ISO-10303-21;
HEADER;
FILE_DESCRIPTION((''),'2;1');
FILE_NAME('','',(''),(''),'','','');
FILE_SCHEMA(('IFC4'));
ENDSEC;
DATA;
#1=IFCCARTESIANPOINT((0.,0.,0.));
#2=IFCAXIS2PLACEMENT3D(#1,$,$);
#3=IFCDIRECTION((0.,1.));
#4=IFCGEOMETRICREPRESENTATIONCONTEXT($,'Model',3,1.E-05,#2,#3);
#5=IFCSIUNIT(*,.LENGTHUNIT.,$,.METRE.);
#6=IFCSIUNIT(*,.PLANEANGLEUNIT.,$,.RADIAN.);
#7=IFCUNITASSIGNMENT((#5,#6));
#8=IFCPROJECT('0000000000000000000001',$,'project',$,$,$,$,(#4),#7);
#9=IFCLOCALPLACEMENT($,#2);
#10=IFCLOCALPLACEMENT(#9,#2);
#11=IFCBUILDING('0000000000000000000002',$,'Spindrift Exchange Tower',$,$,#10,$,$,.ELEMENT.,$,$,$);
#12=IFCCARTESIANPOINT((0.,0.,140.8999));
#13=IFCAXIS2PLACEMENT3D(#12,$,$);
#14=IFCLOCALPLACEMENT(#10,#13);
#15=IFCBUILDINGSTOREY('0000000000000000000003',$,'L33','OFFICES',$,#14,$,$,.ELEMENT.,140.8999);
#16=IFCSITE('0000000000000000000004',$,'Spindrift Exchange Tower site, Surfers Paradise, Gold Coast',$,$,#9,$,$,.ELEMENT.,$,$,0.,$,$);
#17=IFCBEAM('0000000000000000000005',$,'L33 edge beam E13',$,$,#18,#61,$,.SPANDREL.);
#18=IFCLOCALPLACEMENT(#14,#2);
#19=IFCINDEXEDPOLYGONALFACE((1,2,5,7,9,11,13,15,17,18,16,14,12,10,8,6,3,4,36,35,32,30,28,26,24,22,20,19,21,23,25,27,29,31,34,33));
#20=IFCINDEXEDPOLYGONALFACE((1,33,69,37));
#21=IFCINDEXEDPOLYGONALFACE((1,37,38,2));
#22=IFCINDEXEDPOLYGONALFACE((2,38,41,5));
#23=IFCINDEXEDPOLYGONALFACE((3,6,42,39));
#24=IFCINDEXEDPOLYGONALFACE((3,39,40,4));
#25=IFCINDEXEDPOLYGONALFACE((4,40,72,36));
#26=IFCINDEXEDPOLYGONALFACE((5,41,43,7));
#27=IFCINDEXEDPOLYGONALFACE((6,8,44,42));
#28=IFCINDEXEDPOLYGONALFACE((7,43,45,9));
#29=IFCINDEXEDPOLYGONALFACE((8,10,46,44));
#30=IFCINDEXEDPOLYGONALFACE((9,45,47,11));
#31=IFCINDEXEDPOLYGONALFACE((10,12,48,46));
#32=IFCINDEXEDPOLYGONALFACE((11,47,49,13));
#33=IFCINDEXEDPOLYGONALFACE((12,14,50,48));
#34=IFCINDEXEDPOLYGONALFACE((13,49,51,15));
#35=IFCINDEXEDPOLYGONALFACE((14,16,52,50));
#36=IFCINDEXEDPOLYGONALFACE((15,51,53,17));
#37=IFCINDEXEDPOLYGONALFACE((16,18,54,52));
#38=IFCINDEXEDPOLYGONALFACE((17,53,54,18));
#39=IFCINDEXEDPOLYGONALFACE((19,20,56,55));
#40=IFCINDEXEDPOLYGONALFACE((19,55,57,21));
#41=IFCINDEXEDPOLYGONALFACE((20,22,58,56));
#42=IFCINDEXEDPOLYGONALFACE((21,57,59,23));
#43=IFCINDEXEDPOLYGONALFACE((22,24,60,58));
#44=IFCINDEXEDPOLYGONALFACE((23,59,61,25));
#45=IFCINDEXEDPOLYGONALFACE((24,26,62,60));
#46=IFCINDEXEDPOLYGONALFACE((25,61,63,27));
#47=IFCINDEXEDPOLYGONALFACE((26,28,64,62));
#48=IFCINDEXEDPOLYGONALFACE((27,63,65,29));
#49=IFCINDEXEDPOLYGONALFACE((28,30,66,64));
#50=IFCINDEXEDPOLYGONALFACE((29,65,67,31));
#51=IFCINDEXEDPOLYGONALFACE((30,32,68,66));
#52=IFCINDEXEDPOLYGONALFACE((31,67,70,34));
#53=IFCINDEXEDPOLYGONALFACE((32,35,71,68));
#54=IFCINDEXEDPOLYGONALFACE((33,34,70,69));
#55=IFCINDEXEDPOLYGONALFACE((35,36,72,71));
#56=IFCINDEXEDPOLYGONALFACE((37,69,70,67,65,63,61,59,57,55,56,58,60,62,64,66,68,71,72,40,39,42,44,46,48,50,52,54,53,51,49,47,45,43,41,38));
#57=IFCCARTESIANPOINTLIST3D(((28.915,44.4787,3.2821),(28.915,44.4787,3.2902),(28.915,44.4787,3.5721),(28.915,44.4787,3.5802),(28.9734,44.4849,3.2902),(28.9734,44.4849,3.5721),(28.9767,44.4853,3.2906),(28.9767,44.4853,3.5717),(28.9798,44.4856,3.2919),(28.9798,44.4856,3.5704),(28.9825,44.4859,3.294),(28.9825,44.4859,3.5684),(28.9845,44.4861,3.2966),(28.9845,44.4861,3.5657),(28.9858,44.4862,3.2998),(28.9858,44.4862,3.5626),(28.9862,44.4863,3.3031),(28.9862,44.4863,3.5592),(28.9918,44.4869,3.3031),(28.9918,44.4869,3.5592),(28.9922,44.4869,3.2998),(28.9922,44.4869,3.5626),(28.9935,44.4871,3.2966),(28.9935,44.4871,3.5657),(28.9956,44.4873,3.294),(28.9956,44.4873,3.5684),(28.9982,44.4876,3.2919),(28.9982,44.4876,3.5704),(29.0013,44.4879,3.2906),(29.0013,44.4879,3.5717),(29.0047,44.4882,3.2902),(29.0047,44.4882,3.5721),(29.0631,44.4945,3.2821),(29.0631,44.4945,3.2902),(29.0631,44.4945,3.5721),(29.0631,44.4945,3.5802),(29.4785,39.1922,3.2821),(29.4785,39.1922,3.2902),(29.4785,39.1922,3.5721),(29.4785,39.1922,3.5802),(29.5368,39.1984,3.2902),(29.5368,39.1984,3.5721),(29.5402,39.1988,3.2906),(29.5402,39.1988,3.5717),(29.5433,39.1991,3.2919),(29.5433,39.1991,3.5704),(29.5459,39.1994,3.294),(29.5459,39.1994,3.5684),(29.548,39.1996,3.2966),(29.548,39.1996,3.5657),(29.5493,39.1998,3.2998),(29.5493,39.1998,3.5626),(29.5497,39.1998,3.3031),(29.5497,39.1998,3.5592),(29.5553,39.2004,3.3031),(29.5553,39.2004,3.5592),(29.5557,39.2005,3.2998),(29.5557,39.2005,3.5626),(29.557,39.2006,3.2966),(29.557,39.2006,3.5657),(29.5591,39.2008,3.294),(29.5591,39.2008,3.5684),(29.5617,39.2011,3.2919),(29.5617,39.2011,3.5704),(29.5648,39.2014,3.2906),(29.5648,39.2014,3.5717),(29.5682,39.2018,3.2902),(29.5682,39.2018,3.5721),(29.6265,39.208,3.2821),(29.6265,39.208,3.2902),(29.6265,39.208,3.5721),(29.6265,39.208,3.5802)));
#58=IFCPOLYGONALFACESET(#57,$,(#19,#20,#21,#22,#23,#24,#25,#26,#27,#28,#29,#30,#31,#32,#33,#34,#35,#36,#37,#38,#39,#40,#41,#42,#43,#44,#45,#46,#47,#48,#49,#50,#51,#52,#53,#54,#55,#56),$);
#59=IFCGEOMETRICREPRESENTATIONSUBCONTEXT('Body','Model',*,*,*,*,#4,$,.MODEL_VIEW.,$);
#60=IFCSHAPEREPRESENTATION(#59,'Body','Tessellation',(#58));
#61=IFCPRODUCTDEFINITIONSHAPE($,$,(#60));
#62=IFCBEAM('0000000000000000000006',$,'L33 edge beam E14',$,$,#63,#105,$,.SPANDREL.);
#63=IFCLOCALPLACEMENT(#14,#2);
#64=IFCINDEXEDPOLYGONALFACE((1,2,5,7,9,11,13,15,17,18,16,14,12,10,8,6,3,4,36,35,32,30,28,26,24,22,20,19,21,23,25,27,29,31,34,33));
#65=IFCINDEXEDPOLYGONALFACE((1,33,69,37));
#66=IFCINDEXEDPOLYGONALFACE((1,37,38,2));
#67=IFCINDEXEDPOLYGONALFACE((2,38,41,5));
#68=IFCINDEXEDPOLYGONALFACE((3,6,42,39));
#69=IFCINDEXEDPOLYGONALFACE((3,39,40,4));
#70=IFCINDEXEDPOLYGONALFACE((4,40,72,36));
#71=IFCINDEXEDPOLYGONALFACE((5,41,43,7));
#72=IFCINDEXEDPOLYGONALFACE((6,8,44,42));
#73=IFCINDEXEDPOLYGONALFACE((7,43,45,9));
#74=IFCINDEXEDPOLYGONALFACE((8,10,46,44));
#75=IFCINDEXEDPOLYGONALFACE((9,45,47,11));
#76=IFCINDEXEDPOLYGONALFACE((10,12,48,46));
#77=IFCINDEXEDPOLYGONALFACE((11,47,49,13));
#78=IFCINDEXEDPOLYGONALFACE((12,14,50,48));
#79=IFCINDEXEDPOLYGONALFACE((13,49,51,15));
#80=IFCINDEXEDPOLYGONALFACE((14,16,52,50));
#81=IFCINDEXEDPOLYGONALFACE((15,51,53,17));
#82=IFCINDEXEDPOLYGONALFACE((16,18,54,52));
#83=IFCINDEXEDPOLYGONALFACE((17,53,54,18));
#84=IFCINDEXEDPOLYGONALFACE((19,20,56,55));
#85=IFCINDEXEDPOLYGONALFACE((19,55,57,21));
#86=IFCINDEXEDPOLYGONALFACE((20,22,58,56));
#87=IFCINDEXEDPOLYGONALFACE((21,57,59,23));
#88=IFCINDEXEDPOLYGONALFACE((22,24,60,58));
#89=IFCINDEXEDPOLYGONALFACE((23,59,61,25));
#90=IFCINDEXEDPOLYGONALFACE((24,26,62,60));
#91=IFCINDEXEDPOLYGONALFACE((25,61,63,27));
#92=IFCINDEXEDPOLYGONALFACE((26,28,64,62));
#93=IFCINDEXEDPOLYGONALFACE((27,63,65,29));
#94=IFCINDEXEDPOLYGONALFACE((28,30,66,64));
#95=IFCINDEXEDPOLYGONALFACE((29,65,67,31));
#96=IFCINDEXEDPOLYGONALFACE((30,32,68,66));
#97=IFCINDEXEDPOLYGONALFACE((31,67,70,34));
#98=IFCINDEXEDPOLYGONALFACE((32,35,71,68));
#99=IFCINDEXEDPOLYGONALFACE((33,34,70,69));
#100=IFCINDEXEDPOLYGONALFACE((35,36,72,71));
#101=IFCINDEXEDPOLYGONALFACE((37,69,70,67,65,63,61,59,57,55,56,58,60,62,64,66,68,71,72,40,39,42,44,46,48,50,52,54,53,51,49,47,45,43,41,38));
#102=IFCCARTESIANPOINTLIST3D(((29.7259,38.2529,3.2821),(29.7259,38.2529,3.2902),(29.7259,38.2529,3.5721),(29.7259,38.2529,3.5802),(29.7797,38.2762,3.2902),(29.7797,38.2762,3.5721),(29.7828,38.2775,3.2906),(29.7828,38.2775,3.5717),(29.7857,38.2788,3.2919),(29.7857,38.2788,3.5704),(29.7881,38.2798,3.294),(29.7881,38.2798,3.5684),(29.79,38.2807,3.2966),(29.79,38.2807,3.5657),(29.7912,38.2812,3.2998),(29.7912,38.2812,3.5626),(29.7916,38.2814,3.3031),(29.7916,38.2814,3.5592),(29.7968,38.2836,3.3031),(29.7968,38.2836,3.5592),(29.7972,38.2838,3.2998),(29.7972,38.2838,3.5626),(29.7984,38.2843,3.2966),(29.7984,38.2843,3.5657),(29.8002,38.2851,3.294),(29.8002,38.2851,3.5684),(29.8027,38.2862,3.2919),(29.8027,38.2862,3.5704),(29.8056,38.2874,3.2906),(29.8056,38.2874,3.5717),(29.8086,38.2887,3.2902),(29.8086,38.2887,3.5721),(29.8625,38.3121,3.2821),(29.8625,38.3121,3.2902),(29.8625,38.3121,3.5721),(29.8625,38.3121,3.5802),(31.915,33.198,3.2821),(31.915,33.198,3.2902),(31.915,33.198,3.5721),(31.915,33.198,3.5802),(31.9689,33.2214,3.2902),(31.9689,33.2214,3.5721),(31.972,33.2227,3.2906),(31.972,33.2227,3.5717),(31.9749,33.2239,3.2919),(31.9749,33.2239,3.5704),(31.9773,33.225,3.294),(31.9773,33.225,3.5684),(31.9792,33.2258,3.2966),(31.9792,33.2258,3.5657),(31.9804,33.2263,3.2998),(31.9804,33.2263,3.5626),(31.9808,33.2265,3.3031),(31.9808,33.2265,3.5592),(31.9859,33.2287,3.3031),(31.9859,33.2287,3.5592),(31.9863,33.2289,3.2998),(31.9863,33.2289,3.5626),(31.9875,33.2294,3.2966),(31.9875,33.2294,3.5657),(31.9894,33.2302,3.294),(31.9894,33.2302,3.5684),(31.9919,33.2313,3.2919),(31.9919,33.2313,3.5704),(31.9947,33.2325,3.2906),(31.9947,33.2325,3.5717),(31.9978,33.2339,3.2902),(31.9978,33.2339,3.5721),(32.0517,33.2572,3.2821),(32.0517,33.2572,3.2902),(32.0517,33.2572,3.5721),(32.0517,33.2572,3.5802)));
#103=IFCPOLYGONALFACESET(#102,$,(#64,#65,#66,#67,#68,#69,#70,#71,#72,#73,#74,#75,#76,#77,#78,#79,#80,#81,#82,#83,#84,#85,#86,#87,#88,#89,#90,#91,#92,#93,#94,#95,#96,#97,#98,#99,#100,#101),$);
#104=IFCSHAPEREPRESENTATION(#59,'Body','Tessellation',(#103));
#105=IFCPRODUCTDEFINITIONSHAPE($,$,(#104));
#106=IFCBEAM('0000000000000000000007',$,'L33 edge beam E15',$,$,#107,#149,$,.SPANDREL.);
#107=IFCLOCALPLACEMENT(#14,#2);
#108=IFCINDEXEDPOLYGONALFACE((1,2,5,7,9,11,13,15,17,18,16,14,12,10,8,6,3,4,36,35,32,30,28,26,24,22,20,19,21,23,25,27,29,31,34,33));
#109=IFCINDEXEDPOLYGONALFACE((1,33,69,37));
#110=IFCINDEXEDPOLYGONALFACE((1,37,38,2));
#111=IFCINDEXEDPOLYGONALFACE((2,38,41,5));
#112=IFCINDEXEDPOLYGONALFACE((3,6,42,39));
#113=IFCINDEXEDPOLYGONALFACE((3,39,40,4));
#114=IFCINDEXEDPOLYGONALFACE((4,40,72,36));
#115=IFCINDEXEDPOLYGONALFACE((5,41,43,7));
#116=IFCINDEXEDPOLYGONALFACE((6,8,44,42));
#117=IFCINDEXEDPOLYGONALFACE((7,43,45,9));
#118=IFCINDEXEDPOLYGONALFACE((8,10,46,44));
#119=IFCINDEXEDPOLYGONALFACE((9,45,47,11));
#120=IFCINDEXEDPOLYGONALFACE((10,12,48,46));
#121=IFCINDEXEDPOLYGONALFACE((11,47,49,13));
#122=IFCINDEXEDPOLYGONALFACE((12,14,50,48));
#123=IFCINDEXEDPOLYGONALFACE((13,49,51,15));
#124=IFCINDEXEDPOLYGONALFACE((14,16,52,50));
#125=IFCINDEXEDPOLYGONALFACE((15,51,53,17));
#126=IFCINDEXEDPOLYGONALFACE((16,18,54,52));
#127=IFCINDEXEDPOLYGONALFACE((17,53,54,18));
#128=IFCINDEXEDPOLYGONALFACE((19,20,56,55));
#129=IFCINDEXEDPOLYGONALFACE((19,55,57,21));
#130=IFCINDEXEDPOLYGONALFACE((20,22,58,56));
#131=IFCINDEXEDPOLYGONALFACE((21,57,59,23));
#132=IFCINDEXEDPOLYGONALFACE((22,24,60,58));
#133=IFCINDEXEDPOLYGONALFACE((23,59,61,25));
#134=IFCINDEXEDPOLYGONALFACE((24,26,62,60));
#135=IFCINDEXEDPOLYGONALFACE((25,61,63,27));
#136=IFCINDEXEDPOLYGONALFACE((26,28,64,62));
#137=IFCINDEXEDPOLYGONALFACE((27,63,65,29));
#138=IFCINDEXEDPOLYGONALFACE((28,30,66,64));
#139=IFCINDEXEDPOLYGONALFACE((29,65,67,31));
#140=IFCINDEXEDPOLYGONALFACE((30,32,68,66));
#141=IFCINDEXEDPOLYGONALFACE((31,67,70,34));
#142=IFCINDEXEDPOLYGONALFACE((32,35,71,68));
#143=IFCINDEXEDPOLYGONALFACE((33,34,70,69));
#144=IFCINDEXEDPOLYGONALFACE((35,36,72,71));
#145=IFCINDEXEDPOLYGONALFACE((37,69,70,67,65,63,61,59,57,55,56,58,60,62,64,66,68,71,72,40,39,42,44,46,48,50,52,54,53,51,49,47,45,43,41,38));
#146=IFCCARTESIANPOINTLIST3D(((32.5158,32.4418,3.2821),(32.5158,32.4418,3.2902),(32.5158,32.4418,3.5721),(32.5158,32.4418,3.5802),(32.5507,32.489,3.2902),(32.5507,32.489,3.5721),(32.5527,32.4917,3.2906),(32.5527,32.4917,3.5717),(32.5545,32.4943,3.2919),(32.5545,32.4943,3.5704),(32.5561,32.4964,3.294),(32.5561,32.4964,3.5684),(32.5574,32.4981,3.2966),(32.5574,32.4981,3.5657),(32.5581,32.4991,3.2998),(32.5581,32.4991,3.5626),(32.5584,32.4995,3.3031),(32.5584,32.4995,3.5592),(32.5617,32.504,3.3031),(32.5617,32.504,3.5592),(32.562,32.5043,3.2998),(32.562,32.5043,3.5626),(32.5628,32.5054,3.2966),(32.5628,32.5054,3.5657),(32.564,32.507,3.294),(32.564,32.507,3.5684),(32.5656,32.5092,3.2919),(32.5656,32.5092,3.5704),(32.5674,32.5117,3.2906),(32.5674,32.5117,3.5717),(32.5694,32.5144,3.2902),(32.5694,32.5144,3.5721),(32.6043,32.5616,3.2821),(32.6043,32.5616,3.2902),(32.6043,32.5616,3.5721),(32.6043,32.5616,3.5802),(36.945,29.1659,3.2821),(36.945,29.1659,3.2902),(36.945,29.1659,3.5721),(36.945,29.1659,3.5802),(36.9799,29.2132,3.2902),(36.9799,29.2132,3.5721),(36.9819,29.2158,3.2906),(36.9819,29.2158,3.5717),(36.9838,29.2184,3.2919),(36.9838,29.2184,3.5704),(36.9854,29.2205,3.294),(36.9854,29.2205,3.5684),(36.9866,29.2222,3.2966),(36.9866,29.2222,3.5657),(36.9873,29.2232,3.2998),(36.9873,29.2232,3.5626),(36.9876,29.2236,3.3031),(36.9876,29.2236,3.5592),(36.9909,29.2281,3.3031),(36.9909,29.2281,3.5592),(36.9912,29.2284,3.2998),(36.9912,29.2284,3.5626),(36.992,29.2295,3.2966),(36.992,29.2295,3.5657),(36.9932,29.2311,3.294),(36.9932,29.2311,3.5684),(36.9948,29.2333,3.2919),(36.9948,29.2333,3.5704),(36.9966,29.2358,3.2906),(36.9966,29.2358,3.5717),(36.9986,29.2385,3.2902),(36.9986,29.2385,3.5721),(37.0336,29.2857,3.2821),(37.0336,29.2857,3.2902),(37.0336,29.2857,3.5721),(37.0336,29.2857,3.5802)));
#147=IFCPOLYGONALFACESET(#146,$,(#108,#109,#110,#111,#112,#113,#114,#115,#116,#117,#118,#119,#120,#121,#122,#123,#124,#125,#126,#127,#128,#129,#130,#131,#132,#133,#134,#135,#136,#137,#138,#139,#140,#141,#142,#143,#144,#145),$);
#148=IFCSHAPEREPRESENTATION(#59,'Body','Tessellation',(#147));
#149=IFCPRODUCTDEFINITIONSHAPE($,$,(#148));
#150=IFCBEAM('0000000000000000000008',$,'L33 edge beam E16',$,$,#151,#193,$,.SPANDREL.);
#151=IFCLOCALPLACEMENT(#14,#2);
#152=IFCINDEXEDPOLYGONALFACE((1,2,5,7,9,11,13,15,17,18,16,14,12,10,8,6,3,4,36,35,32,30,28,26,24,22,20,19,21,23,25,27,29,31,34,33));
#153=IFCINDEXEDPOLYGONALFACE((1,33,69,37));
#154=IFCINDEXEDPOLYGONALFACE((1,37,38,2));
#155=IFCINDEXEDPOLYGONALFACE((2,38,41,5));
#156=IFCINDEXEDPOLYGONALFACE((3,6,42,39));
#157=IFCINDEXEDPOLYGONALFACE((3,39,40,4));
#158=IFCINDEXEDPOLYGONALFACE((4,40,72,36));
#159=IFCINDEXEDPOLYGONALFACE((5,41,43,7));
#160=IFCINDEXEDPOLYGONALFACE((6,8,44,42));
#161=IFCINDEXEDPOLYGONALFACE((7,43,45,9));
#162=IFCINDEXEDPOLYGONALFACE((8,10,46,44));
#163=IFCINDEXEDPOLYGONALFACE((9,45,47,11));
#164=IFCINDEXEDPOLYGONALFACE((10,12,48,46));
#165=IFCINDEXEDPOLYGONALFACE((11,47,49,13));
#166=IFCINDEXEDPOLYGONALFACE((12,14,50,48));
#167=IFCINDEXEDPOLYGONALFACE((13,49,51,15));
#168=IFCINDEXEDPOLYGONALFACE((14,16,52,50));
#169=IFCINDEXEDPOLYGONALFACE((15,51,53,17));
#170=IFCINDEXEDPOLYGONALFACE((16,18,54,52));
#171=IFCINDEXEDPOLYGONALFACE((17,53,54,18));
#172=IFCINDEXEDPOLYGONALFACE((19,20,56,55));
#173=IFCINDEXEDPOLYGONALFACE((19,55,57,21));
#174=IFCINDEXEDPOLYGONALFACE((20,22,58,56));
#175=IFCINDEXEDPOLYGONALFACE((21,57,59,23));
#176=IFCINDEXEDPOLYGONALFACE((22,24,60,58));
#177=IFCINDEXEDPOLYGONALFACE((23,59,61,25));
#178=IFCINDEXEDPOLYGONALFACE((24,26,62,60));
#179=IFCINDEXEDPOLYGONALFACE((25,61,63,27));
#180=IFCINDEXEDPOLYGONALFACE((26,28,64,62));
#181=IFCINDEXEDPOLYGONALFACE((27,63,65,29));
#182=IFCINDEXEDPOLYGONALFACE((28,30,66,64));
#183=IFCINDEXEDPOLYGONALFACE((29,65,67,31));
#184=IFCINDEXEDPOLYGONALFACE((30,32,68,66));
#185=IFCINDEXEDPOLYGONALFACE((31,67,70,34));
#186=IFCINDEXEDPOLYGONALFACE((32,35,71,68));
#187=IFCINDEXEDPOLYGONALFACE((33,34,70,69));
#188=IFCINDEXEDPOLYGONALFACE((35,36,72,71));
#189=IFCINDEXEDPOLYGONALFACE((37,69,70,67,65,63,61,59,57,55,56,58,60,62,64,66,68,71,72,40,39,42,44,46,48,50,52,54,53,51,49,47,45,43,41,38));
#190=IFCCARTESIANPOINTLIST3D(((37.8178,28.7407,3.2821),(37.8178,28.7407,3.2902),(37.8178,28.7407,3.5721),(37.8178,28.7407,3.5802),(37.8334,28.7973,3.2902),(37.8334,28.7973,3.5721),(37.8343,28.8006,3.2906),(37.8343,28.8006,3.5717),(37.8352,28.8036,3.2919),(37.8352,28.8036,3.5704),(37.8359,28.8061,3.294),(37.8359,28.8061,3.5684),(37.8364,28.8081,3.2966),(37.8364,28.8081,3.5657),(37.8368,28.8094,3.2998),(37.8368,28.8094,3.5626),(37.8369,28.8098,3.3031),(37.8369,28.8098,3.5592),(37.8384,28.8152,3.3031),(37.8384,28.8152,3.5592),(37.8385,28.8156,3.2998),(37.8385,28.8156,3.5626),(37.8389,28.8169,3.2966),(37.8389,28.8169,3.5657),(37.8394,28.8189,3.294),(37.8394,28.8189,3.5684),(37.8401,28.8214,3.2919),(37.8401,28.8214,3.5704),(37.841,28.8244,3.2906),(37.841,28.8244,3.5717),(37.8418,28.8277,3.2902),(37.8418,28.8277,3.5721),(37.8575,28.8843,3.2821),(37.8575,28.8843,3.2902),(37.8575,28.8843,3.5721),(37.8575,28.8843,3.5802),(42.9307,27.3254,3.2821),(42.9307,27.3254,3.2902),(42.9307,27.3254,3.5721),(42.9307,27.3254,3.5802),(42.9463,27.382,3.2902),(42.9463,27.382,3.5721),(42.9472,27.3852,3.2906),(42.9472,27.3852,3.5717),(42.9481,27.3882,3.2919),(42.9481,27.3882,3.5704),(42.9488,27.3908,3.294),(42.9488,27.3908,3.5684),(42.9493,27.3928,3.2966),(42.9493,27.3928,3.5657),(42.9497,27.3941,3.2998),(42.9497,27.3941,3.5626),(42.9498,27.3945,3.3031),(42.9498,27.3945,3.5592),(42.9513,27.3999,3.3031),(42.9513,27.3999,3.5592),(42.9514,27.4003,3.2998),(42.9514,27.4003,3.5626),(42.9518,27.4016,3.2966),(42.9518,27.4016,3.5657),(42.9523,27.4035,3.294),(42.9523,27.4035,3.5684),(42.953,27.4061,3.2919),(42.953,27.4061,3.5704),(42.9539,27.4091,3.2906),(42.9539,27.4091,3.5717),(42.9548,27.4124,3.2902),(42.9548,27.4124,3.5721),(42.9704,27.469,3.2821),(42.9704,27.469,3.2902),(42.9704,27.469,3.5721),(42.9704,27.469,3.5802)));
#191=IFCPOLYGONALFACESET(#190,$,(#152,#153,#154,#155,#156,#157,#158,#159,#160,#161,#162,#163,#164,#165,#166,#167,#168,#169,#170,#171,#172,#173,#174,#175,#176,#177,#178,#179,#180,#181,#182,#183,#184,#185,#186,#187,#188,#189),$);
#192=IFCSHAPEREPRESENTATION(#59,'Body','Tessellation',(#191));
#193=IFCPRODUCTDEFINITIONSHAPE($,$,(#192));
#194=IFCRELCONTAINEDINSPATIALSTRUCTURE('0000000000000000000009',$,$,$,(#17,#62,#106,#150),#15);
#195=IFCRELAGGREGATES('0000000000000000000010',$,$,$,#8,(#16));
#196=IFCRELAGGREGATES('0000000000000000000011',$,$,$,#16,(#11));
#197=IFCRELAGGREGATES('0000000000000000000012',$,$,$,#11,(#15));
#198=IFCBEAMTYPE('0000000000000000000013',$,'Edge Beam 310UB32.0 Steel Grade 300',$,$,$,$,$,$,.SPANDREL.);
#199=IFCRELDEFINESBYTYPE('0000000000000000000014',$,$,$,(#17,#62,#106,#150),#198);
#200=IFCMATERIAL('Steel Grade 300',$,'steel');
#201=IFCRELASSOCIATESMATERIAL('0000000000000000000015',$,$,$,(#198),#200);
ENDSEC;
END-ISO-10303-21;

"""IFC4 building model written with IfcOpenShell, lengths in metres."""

from ifc_helpers import new_model, si_unit, direction, frame, origin, origin_2d, place, context, subcontext, project, spatial, i_section, extrude, source, transform, mapped, material, material_profile, profile_set, type_object, element, save


model = new_model("IFC4")

# Units and contexts
model_context = context("Model", 3, precision=1e-05, world=origin(), true_north=direction((0.0, 1.0)))
body_context = subcontext(model_context, "Body", "Model", "MODEL_VIEW")
ifc_project = project(units=[si_unit("LENGTHUNIT", "METRE"), si_unit("PLANEANGLEUNIT", "RADIAN")], contexts=[model_context])

# Site, building, storey
site_placement = place(None, origin())
site = spatial("IfcSite", under=ifc_project, at=site_placement, Name="Spindrift Exchange Tower site, Surfers Paradise, Gold Coast", CompositionType="ELEMENT", RefElevation=0.0)
building_placement = place(site_placement, origin())
building = spatial("IfcBuilding", under=site, at=building_placement, Name="Spindrift Exchange Tower", CompositionType="ELEMENT")
storey_placement = place(building_placement, frame((0.0, 0.0, 140.8999)))
storey = spatial("IfcBuildingStorey", under=building, at=storey_placement, Name="L33", Description="OFFICES", CompositionType="ELEMENT", Elevation=140.8999)

# Beams
ifc_material_1 = material(Name="Steel Grade 300", Category="steel")
ifc_material_profile_1 = material_profile(ifc_material_1, i_section(OverallWidth=0.1489, OverallDepth=0.2981, WebThickness=0.0056, FlangeThickness=0.0081, FilletRadius=0.0129, at=origin_2d()), Name="310UB32.0")
ifc_profile_set_1 = profile_set([ifc_material_profile_1], Name="Steel Grade 300")
beam_type_1 = type_object("IfcBeamType", Name="Edge Beam 310UB32.0 Steel Grade 300", PredefinedType="SPANDREL", material=ifc_profile_set_1)
shared_shape_1 = source(origin(), body_context, "Body", "SweptSolid", [
    extrude(i_section(OverallWidth=0.1489, OverallDepth=0.2981, WebThickness=0.0056, FlangeThickness=0.0081, FilletRadius=0.0129, at=origin_2d()), origin(), (0.0, 0.0, 1.0), 5.3164),
])
beam_1_placement = place(storey_placement, frame((28.989, 44.4866, 3.4312), z_axis=(0.10599, -0.994367, 0.0), x_axis=(0.994367, 0.10599, 0.0)))
element("IfcBeam", 1, at=beam_1_placement, inside=storey, type_object=beam_type_1, Name="L33 edge beam E13", PredefinedType="SPANDREL", context=body_context, shape_type="MappedRepresentation", body=[
    mapped(shared_shape_1, transform((0.0, 0.0, 0.0), scale=1.0)),
])
shared_shape_2 = source(origin(), body_context, "Body", "SweptSolid", [
    extrude(i_section(OverallWidth=0.1489, OverallDepth=0.2981, WebThickness=0.0056, FlangeThickness=0.0081, FilletRadius=0.0129, at=origin_2d()), origin(), (0.0, 0.0, 1.0), 5.5085),
])
beam_2_placement = place(storey_placement, frame((29.7942, 38.2825, 3.4312), z_axis=(0.397415, -0.917639, 0.0), x_axis=(0.917639, 0.397415, 0.0)))
element("IfcBeam", 2, at=beam_2_placement, inside=storey, type_object=beam_type_1, Name="L33 edge beam E14", PredefinedType="SPANDREL", context=body_context, shape_type="MappedRepresentation", body=[
    mapped(shared_shape_2, transform((0.0, 0.0, 0.0), scale=1.0)),
])
shared_shape_3 = source(origin(), body_context, "Body", "SweptSolid", [
    extrude(i_section(OverallWidth=0.1489, OverallDepth=0.2981, WebThickness=0.0056, FlangeThickness=0.0081, FilletRadius=0.0129, at=origin_2d()), origin(), (0.0, 0.0, 1.0), 5.509),
])
beam_3_placement = place(storey_placement, frame((32.5601, 32.5017, 3.4312), z_axis=(0.803992, -0.59464, 0.0), x_axis=(0.59464, 0.803992, 0.0)))
element("IfcBeam", 3, at=beam_3_placement, inside=storey, type_object=beam_type_1, Name="L33 edge beam E15", PredefinedType="SPANDREL", context=body_context, shape_type="MappedRepresentation", body=[
    mapped(shared_shape_3, transform((0.0, 0.0, 0.0), scale=1.0)),
])
shared_shape_4 = source(origin(), body_context, "Body", "SweptSolid", [
    extrude(i_section(OverallWidth=0.1489, OverallDepth=0.2981, WebThickness=0.0056, FlangeThickness=0.0081, FilletRadius=0.0129, at=origin_2d()), origin(), (0.0, 0.0, 1.0), 5.3052),
])
beam_4_placement = place(storey_placement, frame((37.8376, 28.8125, 3.4312), z_axis=(0.963758, -0.26678, 0.0), x_axis=(0.26678, 0.963758, 0.0)))
element("IfcBeam", 4, at=beam_4_placement, inside=storey, type_object=beam_type_1, Name="L33 edge beam E16", PredefinedType="SPANDREL", context=body_context, shape_type="MappedRepresentation", body=[
    mapped(shared_shape_4, transform((0.0, 0.0, 0.0), scale=1.0)),
])

save(model, "model.ifc")
